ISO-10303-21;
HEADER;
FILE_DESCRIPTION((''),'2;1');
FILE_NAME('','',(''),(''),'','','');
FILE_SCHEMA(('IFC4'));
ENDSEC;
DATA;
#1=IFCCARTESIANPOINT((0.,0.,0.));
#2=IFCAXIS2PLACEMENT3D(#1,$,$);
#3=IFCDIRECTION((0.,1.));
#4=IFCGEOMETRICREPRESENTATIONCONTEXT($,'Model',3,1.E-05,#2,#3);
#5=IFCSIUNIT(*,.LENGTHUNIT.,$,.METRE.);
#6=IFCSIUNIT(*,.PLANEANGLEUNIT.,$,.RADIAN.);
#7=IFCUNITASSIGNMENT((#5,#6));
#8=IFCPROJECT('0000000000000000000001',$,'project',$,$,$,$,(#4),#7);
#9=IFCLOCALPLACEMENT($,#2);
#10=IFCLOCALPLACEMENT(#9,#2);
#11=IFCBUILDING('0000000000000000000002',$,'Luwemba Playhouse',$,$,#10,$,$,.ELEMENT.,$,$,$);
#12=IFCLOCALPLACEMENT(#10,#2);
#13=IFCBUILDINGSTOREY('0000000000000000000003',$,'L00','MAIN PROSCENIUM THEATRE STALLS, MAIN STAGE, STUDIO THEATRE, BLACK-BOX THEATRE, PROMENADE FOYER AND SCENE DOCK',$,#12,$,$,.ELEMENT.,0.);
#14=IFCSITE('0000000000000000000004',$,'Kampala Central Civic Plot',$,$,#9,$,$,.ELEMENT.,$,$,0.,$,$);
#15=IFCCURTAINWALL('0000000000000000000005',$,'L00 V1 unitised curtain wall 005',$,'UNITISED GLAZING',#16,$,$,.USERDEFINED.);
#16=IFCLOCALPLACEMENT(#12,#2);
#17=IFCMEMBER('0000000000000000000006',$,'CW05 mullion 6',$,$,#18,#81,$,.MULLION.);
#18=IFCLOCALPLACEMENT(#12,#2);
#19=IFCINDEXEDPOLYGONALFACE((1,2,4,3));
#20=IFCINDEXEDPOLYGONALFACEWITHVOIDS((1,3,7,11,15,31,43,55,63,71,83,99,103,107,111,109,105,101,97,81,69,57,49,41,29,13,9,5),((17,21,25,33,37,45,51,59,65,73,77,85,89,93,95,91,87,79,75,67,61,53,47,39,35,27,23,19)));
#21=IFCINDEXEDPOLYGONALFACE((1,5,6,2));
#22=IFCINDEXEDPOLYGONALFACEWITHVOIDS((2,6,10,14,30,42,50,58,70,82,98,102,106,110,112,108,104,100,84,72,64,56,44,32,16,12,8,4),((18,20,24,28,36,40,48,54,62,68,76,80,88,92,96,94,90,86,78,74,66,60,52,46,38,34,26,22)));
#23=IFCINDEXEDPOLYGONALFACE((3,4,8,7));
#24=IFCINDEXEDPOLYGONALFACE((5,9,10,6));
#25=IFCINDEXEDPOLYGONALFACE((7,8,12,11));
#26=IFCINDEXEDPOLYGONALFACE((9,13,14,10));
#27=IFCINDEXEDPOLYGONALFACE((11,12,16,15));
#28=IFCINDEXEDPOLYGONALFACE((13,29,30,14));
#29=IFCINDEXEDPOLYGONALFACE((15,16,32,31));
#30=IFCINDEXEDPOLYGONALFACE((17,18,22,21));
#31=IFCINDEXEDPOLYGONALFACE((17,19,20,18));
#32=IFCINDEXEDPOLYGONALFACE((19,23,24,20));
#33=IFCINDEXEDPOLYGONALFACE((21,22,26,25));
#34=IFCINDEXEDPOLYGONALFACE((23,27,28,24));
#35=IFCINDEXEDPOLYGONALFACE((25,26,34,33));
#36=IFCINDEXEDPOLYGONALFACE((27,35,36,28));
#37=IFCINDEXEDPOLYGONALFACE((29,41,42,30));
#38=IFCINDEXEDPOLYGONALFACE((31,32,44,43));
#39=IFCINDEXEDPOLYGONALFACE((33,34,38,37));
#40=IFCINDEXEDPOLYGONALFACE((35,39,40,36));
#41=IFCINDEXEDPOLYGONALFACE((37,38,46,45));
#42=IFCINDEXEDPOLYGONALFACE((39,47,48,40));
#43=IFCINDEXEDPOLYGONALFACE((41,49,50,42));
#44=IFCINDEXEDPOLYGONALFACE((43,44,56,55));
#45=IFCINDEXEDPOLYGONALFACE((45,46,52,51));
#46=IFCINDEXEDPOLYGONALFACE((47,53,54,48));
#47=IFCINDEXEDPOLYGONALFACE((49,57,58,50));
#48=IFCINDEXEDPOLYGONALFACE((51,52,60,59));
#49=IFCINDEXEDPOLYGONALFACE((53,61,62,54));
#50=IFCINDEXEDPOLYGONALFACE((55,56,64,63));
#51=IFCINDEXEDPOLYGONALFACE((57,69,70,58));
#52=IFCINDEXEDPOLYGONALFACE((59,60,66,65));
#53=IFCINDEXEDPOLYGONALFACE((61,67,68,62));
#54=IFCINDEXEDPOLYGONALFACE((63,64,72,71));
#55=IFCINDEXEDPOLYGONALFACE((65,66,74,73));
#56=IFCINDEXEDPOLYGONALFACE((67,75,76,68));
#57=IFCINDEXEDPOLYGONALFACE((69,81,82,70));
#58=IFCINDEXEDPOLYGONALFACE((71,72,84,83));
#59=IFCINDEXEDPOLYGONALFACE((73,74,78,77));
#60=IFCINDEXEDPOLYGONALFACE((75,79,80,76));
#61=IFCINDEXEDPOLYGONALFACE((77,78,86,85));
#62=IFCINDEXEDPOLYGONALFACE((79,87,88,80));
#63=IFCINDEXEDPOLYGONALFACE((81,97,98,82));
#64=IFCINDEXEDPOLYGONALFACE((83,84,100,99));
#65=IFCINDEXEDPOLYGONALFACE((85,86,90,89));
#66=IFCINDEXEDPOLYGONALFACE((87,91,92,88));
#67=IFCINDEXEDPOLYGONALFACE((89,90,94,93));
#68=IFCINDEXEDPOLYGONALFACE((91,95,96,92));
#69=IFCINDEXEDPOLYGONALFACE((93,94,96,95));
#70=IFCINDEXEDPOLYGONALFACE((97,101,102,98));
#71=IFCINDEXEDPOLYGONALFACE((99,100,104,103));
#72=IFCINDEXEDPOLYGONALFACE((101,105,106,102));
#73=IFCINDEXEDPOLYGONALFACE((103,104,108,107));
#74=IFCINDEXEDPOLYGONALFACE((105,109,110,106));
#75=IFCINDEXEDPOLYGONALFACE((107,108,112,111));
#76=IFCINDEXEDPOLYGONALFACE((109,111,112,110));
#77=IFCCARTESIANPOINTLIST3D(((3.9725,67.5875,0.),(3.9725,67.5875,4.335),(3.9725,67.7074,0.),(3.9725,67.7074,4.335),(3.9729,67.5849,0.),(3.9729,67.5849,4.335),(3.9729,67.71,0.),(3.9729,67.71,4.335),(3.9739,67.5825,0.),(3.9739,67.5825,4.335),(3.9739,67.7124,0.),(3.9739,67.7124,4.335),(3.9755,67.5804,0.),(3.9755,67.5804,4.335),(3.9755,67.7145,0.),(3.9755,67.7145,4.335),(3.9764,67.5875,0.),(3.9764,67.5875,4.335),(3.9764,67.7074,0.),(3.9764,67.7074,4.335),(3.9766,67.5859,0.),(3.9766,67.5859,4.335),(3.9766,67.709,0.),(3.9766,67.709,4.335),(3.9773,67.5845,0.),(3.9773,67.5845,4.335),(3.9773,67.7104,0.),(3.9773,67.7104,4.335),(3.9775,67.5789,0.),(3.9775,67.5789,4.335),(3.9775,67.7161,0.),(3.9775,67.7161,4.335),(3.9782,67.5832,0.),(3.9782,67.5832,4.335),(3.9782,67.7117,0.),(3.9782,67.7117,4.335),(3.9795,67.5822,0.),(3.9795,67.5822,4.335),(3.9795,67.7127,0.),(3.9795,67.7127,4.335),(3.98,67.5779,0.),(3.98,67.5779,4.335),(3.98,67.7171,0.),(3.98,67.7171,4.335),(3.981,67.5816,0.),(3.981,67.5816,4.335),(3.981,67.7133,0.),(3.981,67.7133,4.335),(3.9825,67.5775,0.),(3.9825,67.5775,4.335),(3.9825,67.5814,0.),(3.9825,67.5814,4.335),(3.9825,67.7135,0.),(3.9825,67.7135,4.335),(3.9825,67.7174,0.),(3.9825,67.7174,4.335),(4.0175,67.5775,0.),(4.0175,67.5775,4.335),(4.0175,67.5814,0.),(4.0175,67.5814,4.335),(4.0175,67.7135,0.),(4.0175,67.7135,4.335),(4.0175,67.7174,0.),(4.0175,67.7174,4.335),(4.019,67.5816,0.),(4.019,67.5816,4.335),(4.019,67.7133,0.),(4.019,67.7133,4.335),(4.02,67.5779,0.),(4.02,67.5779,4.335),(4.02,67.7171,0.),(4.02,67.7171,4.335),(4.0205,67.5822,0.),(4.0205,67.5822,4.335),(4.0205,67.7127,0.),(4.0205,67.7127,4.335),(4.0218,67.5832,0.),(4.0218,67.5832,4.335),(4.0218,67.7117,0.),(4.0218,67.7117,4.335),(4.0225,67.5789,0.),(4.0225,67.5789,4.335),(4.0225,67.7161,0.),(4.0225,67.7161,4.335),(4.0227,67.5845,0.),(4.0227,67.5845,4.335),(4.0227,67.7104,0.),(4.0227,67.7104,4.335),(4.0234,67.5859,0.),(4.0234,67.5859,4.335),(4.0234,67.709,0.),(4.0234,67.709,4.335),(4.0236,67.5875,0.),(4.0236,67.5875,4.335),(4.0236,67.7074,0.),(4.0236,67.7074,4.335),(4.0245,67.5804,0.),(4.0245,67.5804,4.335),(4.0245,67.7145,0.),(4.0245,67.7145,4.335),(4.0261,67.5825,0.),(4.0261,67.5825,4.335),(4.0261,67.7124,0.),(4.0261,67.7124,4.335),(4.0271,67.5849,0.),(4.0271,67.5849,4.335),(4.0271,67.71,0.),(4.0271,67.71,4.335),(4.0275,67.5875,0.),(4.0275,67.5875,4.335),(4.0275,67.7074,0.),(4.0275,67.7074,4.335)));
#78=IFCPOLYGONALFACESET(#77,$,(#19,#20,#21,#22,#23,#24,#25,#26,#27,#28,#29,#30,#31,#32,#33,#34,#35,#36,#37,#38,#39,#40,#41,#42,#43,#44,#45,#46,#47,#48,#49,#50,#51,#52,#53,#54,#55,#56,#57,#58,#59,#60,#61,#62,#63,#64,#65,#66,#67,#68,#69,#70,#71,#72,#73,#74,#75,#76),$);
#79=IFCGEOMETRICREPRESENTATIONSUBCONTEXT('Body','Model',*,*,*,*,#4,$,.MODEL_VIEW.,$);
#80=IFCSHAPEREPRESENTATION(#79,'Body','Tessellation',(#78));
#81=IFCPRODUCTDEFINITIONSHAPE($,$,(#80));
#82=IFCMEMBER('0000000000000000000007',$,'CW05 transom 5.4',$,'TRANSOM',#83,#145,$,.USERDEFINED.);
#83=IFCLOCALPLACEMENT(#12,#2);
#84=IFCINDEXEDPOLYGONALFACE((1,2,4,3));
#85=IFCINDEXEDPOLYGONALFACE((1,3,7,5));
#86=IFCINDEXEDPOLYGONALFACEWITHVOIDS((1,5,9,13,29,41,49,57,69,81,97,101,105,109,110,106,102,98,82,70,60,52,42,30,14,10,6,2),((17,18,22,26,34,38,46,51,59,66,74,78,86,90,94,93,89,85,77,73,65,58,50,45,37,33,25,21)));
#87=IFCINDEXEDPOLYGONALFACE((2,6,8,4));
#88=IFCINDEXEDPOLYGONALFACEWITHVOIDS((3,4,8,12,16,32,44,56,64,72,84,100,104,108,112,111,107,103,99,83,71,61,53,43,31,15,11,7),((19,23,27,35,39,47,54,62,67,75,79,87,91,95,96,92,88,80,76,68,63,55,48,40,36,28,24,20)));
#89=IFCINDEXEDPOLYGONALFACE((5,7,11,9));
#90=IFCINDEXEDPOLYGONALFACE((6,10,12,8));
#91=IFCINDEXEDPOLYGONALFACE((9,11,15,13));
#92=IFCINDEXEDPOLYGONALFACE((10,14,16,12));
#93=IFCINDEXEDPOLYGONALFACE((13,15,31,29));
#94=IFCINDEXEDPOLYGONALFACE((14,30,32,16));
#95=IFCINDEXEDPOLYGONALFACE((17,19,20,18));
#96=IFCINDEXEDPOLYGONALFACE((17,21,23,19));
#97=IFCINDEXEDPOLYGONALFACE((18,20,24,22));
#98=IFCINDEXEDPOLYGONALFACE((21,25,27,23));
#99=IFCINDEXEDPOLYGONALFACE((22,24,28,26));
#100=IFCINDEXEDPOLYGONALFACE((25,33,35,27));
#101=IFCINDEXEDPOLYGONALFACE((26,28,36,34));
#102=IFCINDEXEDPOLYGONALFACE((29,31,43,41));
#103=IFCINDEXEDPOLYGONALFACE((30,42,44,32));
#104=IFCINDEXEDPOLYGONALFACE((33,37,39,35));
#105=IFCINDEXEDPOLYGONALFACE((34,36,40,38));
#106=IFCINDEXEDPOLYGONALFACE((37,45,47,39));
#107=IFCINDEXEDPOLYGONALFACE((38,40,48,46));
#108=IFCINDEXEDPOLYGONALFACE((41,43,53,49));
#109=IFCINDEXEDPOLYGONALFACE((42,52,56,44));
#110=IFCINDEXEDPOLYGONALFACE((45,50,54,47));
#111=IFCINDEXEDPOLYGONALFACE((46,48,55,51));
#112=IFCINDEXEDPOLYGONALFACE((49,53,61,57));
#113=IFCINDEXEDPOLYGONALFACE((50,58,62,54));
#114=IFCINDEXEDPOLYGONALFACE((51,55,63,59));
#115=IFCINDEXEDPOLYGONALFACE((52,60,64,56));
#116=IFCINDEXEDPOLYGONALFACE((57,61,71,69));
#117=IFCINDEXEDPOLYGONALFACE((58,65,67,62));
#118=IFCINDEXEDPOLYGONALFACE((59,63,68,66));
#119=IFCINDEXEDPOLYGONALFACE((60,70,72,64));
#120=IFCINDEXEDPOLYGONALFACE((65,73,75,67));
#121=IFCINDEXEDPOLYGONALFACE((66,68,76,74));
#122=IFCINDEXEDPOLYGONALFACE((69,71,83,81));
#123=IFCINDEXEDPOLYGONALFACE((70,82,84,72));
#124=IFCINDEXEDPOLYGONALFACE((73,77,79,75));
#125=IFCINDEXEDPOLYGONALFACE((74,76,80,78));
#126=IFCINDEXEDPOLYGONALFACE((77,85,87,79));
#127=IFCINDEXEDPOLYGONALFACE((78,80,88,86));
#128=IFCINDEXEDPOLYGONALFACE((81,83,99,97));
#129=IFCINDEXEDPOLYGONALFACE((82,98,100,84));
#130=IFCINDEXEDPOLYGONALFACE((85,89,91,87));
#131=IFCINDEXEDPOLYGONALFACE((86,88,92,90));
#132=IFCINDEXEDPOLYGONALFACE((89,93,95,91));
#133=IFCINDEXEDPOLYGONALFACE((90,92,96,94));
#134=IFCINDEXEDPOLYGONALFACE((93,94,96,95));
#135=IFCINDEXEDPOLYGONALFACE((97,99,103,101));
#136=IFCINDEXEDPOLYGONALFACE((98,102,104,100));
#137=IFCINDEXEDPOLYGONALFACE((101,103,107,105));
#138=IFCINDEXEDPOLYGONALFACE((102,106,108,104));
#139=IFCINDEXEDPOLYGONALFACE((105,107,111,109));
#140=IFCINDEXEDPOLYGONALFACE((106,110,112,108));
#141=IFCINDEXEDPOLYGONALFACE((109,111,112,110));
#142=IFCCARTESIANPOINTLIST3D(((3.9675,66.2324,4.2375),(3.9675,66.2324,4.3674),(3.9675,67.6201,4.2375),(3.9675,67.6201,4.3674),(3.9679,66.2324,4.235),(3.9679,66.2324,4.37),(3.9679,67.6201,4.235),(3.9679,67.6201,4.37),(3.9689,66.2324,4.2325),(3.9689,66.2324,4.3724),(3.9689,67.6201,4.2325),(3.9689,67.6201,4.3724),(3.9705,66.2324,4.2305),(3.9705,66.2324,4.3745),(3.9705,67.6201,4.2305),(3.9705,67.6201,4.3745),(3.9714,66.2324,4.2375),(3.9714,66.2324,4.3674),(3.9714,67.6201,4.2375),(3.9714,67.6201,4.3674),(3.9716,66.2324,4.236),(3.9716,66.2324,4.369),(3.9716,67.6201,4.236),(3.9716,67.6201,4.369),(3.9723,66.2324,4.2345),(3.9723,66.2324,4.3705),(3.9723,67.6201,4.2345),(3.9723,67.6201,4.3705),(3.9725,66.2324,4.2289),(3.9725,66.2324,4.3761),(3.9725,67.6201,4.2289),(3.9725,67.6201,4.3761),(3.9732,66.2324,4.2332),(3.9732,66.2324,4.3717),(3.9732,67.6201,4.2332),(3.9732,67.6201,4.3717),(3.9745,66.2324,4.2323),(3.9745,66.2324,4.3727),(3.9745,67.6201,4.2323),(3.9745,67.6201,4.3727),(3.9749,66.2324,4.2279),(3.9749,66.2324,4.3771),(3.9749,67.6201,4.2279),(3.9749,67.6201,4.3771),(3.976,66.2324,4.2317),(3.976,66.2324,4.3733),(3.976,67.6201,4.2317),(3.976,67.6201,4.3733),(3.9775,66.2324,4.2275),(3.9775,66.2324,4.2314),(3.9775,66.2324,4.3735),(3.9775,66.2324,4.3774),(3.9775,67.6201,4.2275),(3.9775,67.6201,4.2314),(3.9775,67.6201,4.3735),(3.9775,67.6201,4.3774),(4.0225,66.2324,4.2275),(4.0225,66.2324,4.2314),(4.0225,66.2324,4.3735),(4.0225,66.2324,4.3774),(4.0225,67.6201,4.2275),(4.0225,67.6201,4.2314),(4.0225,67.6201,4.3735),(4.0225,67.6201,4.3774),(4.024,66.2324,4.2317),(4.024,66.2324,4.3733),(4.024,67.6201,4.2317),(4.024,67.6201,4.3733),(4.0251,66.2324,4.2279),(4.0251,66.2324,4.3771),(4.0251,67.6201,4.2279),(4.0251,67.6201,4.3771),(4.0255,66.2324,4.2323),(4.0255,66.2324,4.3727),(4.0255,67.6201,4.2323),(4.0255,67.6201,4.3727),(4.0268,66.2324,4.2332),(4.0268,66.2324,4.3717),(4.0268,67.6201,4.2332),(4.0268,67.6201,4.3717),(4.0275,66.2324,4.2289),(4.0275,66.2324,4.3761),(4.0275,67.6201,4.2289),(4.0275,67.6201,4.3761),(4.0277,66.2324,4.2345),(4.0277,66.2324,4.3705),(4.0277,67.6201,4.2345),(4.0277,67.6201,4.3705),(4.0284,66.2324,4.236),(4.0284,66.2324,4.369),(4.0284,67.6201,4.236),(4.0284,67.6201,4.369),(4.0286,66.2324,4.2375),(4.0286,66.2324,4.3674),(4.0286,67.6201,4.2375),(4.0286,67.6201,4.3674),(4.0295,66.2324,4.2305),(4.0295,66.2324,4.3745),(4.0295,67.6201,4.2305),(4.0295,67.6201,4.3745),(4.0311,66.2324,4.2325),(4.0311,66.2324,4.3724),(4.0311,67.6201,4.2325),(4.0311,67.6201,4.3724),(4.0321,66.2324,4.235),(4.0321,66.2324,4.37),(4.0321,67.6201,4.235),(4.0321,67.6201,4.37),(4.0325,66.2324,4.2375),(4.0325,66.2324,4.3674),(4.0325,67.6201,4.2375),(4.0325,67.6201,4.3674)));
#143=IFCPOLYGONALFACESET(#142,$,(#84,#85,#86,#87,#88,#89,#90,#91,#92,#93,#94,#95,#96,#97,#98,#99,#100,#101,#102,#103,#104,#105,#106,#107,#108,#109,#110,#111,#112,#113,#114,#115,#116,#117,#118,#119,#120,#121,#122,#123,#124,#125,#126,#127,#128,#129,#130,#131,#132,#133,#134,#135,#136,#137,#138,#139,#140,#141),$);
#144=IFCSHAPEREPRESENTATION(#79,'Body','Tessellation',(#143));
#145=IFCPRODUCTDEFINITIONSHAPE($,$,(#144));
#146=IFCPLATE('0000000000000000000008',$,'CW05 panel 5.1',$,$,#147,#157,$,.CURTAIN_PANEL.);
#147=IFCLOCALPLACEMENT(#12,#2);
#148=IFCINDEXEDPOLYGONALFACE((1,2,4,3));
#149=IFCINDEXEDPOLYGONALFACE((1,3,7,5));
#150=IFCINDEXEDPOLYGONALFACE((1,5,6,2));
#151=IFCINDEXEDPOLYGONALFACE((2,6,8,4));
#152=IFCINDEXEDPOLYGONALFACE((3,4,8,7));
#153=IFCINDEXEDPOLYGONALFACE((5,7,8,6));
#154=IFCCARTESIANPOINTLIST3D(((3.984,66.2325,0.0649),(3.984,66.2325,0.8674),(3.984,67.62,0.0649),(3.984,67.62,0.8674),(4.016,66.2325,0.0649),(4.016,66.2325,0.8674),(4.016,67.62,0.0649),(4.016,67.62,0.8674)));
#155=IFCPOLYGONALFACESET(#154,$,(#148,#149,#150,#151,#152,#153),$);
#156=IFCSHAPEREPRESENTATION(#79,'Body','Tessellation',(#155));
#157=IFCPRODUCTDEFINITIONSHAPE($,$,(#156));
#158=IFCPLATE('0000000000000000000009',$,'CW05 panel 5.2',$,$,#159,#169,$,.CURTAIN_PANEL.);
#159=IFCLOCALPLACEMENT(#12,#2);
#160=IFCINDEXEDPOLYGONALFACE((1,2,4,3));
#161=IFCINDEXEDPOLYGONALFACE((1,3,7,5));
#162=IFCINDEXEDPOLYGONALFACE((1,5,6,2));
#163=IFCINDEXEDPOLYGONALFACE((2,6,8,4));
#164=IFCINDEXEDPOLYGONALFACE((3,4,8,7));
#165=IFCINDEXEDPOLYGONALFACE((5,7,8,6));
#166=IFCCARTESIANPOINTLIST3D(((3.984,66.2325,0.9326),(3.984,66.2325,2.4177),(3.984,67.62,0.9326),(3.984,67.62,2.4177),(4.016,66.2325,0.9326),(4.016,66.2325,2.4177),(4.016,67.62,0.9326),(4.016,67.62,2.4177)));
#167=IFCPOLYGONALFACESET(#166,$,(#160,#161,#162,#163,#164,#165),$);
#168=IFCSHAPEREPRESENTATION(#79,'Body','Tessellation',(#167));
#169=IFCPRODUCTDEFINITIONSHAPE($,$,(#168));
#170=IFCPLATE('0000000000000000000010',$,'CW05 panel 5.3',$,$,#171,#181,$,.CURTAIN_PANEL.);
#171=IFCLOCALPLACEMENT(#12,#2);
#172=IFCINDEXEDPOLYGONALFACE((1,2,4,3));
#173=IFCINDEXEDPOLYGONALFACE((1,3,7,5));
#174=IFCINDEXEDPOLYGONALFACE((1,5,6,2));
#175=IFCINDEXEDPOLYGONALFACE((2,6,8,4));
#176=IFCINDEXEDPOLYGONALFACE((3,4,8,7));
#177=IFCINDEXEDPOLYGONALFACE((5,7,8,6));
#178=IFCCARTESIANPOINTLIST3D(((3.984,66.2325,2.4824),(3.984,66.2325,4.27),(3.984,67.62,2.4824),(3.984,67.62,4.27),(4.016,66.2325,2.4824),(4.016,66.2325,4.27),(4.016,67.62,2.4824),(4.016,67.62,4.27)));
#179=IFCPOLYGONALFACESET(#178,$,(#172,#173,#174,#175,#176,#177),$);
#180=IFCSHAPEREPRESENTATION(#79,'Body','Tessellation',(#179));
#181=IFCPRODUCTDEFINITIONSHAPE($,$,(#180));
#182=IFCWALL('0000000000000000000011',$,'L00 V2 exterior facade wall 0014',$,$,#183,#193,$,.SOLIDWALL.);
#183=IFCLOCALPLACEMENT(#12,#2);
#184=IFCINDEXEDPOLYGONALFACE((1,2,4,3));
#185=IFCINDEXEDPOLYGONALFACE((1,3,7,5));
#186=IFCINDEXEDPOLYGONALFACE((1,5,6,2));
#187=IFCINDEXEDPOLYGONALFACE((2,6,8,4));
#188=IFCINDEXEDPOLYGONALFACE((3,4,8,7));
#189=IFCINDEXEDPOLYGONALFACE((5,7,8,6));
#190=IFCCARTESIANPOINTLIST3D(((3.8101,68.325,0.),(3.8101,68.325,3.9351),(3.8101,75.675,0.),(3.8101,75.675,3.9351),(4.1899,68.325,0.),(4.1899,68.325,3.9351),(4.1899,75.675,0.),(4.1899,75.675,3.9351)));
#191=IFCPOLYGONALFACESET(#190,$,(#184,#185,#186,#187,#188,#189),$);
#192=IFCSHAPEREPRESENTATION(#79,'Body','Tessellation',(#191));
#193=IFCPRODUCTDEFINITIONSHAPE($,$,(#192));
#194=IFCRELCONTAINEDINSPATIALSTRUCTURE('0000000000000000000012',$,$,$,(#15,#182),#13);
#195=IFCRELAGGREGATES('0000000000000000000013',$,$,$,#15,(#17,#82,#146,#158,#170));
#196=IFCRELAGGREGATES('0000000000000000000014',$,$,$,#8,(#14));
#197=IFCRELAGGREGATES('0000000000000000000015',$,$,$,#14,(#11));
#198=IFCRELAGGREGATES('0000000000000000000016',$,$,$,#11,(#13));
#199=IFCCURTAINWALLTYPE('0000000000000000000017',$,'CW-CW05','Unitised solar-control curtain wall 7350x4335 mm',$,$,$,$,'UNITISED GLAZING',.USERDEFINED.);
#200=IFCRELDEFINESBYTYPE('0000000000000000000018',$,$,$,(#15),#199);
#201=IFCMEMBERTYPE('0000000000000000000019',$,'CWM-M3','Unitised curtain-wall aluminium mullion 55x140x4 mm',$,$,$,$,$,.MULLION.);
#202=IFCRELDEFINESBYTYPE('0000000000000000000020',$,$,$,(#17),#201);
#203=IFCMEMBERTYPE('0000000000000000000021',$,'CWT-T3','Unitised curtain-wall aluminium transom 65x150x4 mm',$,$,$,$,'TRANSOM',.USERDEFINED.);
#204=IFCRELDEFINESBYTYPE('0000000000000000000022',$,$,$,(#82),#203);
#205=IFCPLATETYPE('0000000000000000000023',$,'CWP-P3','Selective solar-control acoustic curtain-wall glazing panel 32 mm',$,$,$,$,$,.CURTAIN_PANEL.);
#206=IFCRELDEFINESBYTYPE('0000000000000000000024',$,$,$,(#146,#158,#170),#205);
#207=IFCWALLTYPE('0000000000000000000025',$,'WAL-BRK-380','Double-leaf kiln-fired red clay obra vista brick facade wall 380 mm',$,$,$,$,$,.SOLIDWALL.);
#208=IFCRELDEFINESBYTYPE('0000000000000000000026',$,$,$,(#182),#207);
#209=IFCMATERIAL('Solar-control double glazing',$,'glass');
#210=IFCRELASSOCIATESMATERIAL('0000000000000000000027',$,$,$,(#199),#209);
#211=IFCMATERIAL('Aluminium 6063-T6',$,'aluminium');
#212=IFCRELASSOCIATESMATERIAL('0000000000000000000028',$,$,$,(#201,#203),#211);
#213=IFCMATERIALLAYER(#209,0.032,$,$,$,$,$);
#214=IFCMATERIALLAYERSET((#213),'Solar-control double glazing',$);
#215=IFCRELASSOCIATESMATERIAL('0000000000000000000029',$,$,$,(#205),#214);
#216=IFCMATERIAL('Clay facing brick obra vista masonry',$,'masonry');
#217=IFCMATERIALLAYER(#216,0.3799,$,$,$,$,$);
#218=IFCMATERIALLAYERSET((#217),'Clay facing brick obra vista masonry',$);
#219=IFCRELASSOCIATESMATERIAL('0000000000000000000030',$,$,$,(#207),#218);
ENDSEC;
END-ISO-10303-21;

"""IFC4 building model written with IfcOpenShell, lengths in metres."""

from ifc_helpers import new_model, si_unit, direction, frame, frame_2d, origin, origin_2d, place, context, subcontext, project, spatial, rectangle, hollow_rectangle, extrude, material, layer, layer_set, material_profile, profile_set, type_object, element, aggregate, save


model = new_model("IFC4")

# Units and contexts
model_context = context("Model", 3, precision=1e-05, world=origin(), true_north=direction((0.0, 1.0)))
body_context = subcontext(model_context, "Body", "Model", "MODEL_VIEW")
ifc_project = project(units=[si_unit("LENGTHUNIT", "METRE"), si_unit("PLANEANGLEUNIT", "RADIAN")], contexts=[model_context])

# Site, building, storey
site_placement = place(None, origin())
site = spatial("IfcSite", under=ifc_project, at=site_placement, Name="Kampala Central Civic Plot", CompositionType="ELEMENT", RefElevation=0.0)
building_placement = place(site_placement, origin())
building = spatial("IfcBuilding", under=site, at=building_placement, Name="Luwemba Playhouse", CompositionType="ELEMENT")
storey_placement = place(building_placement, origin())
storey = spatial("IfcBuildingStorey", under=building, at=storey_placement, Name="L00", Description="MAIN PROSCENIUM THEATRE STALLS, MAIN STAGE, STUDIO THEATRE, BLACK-BOX THEATRE, PROMENADE FOYER AND SCENE DOCK", CompositionType="ELEMENT", Elevation=0.0)

# Curtain wall, members, plates
ifc_material_1 = material(Name="Solar-control double glazing", Category="glass")
curtain_wall_type = type_object("IfcCurtainWallType", Name="CW-CW05", Description="Unitised solar-control curtain wall 7350x4335 mm", ElementType="UNITISED GLAZING", PredefinedType="USERDEFINED", material=ifc_material_1)
curtain_wall_placement = place(storey_placement, origin())
curtain_wall = element("IfcCurtainWall", 1, at=curtain_wall_placement, inside=storey, type_object=curtain_wall_type, Name="L00 V1 unitised curtain wall 005", ObjectType="UNITISED GLAZING", PredefinedType="USERDEFINED")
ifc_material_2 = material(Name="Aluminium 6063-T6", Category="aluminium")
ifc_material_profile_1 = material_profile(ifc_material_2, hollow_rectangle(XDim=0.0549, YDim=0.1399, WallThickness=0.0039, InnerFilletRadius=0.0061, OuterFilletRadius=0.01, at=origin_2d()))
ifc_profile_set_1 = profile_set([ifc_material_profile_1], Name="Aluminium 6063-T6")
member_type_1 = type_object("IfcMemberType", Name="CWM-M3", Description="Unitised curtain-wall aluminium mullion 55x140x4 mm", PredefinedType="MULLION", material=ifc_profile_set_1)
member_1_placement = place(storey_placement, frame((4.0, 67.6475, 0.0), z_axis=(0.0, 0.0, 1.0), x_axis=(-1.0, 0.0, 0.0)))
member_1 = element("IfcMember", 2, at=member_1_placement, type_object=member_type_1, Name="CW05 mullion 6", PredefinedType="MULLION", context=body_context, shape_type="SweptSolid", body=[
    extrude(hollow_rectangle(XDim=0.0549, YDim=0.1399, WallThickness=0.0039, InnerFilletRadius=0.0061, OuterFilletRadius=0.01, at=origin_2d()), origin(), (0.0, 0.0, 1.0), 4.335),
])
ifc_material_profile_2 = material_profile(ifc_material_2, hollow_rectangle(XDim=0.0649, YDim=0.1499, WallThickness=0.0039, InnerFilletRadius=0.0061, OuterFilletRadius=0.01, at=origin_2d()))
ifc_profile_set_2 = profile_set([ifc_material_profile_2], Name="Aluminium 6063-T6")
member_type_2 = type_object("IfcMemberType", Name="CWT-T3", Description="Unitised curtain-wall aluminium transom 65x150x4 mm", ElementType="TRANSOM", PredefinedType="USERDEFINED", material=ifc_profile_set_2)
member_2_placement = place(storey_placement, frame((4.0, 66.2324, 4.3025), z_axis=(0.0, 1.0, 0.0), x_axis=(-1.0, 0.0, 0.0)))
member_2 = element("IfcMember", 3, at=member_2_placement, type_object=member_type_2, Name="CW05 transom 5.4", ObjectType="TRANSOM", PredefinedType="USERDEFINED", context=body_context, shape_type="SweptSolid", body=[
    extrude(hollow_rectangle(XDim=0.0649, YDim=0.1499, WallThickness=0.0039, InnerFilletRadius=0.0061, OuterFilletRadius=0.01, at=origin_2d()), origin(), (0.0, 0.0, 1.0), 1.3877),
])
ifc_layer_1 = layer(ifc_material_1, 0.032)
ifc_layer_set_1 = layer_set([ifc_layer_1], Name="Solar-control double glazing")
plate_type = type_object("IfcPlateType", Name="CWP-P3", Description="Selective solar-control acoustic curtain-wall glazing panel 32 mm", PredefinedType="CURTAIN_PANEL", material=ifc_layer_set_1)
plate_1_placement = place(storey_placement, frame((4.0, 66.9263, 0.0649), z_axis=(0.0, 0.0, 1.0), x_axis=(0.0, 1.0, 0.0)))
plate_1 = element("IfcPlate", 4, at=plate_1_placement, type_object=plate_type, Name="CW05 panel 5.1", PredefinedType="CURTAIN_PANEL", context=body_context, shape_type="SweptSolid", body=[
    extrude(rectangle(XDim=1.3875, YDim=0.032, at=origin_2d()), origin(), (0.0, 0.0, 1.0), 0.8025),
])
plate_2_placement = place(storey_placement, frame((4.0, 66.9263, 0.9326), z_axis=(0.0, 0.0, 1.0), x_axis=(0.0, 1.0, 0.0)))
plate_2 = element("IfcPlate", 5, at=plate_2_placement, type_object=plate_type, Name="CW05 panel 5.2", PredefinedType="CURTAIN_PANEL", context=body_context, shape_type="SweptSolid", body=[
    extrude(rectangle(XDim=1.3875, YDim=0.032, at=origin_2d()), origin(), (0.0, 0.0, 1.0), 1.4851),
])
plate_3_placement = place(storey_placement, frame((4.0, 66.9263, 2.4824), z_axis=(0.0, 0.0, 1.0), x_axis=(0.0, 1.0, 0.0)))
plate_3 = element("IfcPlate", 6, at=plate_3_placement, type_object=plate_type, Name="CW05 panel 5.3", PredefinedType="CURTAIN_PANEL", context=body_context, shape_type="SweptSolid", body=[
    extrude(rectangle(XDim=1.3875, YDim=0.032, at=origin_2d()), origin(), (0.0, 0.0, 1.0), 1.7876),
])
aggregate(curtain_wall, [member_1, member_2, plate_1, plate_2, plate_3])

# Wall
ifc_material_3 = material(Name="Clay facing brick obra vista masonry", Category="masonry")
ifc_layer_2 = layer(ifc_material_3, 0.3799)
ifc_layer_set_2 = layer_set([ifc_layer_2], Name="Clay facing brick obra vista masonry")
wall_type_1 = type_object("IfcWallType", Name="WAL-BRK-380", Description="Double-leaf kiln-fired red clay obra vista brick facade wall 380 mm", PredefinedType="SOLIDWALL", material=ifc_layer_set_2)
wall_1_placement = place(storey_placement, frame((4.0, 68.325, 0.0), z_axis=(0.0, 0.0, 1.0), x_axis=(0.0, 1.0, 0.0)))
element("IfcWall", 7, at=wall_1_placement, inside=storey, type_object=wall_type_1, Name="L00 V2 exterior facade wall 0014", PredefinedType="SOLIDWALL", context=body_context, shape_type="SweptSolid", body=[
    extrude(rectangle(XDim=7.3501, YDim=0.3799, at=frame_2d((3.675, 0.0))), origin(), (0.0, 0.0, 1.0), 3.9351),
])

save(model, "model.ifc")
